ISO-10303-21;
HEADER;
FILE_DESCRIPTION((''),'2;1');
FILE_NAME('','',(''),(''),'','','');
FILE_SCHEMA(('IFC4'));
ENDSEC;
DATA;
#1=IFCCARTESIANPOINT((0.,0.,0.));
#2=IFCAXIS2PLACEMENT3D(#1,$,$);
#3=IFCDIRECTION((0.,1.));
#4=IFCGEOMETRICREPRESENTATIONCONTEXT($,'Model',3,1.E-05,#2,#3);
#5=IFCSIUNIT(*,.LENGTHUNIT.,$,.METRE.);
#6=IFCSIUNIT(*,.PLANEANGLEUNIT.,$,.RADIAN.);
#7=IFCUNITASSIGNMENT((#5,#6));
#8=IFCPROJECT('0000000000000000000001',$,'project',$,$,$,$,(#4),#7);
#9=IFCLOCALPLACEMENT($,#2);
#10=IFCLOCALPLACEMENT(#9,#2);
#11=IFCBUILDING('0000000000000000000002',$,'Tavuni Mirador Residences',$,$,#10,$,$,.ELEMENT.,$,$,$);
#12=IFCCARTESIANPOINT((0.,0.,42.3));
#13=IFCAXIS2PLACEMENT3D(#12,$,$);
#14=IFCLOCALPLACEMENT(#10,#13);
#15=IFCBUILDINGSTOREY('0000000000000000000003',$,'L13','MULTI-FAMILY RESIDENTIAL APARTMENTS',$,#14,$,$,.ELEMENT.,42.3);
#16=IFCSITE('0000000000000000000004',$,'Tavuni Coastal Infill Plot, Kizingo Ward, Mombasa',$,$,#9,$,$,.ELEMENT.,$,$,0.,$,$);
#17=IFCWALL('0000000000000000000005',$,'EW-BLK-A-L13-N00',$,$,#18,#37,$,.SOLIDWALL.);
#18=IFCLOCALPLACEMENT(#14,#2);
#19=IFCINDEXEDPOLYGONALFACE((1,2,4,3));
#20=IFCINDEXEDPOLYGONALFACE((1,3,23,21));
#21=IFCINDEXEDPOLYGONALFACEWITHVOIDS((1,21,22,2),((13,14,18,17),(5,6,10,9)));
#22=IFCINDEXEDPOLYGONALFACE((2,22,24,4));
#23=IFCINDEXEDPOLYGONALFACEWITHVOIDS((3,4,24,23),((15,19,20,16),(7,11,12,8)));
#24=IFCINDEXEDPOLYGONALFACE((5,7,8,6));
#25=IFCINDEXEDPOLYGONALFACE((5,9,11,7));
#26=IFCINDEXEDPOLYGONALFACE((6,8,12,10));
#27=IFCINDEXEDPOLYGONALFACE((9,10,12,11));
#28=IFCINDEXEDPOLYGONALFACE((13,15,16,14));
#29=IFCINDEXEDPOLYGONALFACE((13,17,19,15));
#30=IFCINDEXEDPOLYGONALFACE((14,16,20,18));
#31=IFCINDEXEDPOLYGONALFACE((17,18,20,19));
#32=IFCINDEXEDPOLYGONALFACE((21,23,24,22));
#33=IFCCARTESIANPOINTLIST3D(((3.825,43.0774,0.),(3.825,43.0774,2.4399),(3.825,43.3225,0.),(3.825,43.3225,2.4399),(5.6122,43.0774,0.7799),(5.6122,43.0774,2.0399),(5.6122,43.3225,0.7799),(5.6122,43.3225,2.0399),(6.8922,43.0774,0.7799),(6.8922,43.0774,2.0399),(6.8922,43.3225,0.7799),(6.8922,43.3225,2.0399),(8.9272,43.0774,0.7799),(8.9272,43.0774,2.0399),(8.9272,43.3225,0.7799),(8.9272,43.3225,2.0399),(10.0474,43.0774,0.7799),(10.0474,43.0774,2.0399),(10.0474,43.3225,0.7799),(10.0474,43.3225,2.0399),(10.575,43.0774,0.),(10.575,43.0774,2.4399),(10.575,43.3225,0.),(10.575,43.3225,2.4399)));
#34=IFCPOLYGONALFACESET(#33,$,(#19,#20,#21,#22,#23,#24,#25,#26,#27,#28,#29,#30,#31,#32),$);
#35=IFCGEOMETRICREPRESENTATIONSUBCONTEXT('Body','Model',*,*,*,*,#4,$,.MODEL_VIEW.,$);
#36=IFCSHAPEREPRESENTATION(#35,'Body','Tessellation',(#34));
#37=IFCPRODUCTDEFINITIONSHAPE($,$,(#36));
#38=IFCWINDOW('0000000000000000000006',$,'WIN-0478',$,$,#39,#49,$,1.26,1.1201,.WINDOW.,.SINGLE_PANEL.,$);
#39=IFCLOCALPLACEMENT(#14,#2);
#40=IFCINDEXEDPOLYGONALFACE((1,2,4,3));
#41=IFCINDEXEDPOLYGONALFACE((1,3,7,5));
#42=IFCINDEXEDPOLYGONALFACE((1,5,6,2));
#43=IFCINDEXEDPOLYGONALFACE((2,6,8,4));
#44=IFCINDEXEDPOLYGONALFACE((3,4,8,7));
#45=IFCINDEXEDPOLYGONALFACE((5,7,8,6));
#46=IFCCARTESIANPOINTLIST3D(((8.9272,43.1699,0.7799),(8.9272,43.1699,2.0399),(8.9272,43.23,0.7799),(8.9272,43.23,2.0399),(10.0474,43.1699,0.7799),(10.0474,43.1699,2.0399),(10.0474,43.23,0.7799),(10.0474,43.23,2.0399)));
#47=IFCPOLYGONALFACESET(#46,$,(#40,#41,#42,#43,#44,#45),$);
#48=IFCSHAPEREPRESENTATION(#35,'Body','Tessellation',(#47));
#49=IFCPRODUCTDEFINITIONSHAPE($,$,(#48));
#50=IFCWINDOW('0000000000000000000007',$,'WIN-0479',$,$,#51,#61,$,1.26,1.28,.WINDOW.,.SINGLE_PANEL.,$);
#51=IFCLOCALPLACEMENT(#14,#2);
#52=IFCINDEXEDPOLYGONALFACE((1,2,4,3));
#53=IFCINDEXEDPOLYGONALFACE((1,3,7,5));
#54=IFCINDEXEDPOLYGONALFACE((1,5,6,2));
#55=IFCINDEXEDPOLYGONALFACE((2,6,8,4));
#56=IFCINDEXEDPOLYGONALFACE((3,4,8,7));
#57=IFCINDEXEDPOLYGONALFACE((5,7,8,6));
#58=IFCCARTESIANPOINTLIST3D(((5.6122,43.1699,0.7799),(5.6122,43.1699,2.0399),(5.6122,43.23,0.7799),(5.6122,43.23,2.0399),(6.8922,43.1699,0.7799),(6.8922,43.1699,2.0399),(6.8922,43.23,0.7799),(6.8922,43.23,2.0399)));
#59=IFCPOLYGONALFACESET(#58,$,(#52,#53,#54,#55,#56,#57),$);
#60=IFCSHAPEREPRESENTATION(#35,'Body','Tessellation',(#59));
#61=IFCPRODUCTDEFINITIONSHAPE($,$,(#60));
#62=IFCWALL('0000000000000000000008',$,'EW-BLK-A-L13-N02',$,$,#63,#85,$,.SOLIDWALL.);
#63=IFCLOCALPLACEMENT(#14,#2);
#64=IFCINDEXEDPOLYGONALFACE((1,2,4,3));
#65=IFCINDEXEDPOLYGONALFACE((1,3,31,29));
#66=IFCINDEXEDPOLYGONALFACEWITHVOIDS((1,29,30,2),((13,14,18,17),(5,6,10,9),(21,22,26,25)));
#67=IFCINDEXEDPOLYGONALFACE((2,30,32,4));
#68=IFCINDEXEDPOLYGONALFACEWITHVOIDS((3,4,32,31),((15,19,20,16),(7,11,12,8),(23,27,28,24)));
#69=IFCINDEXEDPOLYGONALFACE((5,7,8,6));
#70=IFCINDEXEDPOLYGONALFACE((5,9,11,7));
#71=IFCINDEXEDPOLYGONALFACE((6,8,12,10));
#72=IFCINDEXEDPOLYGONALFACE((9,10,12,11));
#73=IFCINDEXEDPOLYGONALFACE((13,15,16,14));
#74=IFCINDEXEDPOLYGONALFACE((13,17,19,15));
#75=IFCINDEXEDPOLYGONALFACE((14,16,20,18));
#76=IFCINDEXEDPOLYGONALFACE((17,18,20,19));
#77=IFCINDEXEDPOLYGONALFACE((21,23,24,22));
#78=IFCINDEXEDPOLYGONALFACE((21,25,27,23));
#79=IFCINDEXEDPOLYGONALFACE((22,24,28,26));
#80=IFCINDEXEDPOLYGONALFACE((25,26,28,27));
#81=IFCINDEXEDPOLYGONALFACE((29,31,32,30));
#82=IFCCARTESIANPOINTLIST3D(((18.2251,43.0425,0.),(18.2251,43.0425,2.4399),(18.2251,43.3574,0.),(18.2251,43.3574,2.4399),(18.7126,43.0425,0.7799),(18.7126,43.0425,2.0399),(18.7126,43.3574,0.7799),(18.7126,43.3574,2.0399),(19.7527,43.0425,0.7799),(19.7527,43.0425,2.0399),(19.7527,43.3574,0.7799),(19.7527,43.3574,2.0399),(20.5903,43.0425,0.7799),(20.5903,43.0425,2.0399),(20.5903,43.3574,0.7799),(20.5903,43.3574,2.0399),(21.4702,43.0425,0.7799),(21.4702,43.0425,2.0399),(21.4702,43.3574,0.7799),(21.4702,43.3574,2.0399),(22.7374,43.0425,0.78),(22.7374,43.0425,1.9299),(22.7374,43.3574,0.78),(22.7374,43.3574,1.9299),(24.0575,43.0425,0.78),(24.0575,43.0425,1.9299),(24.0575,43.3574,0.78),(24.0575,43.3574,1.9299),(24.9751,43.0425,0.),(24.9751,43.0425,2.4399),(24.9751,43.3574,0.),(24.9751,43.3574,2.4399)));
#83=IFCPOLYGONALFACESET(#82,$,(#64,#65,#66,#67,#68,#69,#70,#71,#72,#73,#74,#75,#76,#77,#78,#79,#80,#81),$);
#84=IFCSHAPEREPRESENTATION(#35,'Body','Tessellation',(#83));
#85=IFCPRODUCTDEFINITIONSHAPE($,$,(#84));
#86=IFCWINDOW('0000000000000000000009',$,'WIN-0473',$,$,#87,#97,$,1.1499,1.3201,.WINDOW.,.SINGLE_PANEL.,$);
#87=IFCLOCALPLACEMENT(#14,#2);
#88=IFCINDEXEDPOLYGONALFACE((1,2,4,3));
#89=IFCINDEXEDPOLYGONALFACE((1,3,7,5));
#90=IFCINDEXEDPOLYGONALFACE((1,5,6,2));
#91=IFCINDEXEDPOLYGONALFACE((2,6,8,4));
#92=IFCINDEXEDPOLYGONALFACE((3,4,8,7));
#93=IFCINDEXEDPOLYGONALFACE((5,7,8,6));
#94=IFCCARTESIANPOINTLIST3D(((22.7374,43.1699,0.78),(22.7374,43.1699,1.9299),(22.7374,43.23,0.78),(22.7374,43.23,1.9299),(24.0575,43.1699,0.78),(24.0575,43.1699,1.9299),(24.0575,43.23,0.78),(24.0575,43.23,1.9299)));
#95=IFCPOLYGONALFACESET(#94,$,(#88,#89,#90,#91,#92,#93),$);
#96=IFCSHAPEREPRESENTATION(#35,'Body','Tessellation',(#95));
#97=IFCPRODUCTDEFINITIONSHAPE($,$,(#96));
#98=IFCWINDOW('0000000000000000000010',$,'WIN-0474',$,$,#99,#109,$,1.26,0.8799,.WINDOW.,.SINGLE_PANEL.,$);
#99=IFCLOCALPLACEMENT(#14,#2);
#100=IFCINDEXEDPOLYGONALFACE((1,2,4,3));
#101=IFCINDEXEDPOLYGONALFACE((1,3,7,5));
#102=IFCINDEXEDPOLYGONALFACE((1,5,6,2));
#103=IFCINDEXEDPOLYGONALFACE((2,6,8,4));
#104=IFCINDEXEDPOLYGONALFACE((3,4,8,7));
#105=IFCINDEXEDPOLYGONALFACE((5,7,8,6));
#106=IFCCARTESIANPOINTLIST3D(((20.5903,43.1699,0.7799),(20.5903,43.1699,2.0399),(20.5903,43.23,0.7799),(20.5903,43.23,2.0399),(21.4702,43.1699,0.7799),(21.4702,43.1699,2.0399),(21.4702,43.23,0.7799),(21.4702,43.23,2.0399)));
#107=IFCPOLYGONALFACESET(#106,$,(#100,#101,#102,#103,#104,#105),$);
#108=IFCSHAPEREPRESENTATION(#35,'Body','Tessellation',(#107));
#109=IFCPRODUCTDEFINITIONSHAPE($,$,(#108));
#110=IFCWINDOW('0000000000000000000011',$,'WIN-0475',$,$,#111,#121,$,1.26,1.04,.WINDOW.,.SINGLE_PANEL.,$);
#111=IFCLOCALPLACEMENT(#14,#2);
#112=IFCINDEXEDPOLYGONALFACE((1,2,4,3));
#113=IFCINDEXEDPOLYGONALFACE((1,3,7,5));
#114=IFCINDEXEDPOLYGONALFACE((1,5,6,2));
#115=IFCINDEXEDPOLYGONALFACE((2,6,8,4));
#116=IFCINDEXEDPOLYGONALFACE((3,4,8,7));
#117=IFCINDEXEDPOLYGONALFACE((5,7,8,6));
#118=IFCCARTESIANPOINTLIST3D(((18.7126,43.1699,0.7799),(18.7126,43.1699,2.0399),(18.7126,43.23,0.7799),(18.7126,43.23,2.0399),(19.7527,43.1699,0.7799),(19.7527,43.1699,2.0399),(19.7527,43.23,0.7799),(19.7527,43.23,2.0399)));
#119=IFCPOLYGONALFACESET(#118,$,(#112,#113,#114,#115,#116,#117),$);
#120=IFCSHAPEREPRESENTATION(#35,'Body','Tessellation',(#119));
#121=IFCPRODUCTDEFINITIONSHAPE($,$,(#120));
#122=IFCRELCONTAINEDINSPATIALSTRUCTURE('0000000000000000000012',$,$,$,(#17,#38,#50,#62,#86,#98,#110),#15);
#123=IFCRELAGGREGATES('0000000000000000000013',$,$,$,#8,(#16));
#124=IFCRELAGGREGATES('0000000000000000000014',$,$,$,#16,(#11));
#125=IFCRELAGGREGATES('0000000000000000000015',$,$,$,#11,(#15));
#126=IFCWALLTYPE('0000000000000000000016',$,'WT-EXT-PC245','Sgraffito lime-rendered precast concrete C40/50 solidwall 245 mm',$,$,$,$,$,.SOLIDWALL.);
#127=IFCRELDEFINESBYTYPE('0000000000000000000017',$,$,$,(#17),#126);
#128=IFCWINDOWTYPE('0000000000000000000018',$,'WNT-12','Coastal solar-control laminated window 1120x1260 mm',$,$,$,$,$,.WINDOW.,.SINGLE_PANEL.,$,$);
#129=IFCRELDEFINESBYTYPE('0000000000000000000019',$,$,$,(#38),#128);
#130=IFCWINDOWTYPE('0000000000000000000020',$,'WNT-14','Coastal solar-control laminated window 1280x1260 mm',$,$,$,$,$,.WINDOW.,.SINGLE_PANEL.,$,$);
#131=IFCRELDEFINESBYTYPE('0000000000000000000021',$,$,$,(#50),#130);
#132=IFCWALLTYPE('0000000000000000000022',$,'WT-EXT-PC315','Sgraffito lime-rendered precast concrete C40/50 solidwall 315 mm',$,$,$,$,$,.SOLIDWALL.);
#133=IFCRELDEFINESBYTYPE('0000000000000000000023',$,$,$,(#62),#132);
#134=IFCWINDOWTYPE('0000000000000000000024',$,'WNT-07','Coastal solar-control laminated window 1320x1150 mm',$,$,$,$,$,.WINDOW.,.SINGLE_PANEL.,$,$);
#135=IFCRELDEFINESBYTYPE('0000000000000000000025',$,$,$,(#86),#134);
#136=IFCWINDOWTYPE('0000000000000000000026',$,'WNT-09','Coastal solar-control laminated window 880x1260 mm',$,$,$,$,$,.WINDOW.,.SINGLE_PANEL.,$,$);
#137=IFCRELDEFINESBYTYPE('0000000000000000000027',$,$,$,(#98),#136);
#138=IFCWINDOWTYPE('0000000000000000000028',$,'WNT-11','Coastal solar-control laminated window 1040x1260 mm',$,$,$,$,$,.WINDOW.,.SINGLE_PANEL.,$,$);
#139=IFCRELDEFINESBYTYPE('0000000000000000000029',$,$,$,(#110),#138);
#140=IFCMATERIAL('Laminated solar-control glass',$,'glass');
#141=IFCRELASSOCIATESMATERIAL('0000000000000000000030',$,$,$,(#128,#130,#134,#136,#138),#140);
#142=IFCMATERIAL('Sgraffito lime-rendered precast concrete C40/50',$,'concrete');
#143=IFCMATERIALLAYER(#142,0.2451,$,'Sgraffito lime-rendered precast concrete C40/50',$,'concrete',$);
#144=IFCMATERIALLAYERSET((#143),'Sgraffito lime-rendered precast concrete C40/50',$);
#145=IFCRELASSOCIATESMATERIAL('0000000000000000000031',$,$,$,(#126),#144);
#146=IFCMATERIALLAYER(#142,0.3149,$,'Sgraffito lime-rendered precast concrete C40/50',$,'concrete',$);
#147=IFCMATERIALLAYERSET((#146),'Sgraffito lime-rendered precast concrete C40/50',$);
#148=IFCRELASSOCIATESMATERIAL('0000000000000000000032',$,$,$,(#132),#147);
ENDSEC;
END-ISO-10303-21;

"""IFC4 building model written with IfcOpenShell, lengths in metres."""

from ifc_helpers import new_model, si_unit, direction, frame, frame_2d, origin, place, context, subcontext, project, spatial, rectangle, extrude, material, layer, layer_set, type_object, element, fill, save


model = new_model("IFC4")

# Units and contexts
model_context = context("Model", 3, precision=1e-05, world=origin(), true_north=direction((0.0, 1.0)))
body_context = subcontext(model_context, "Body", "Model", "MODEL_VIEW")
ifc_project = project(units=[si_unit("LENGTHUNIT", "METRE"), si_unit("PLANEANGLEUNIT", "RADIAN")], contexts=[model_context])

# Site, building, storey
site_placement = place(None, origin())
site = spatial("IfcSite", under=ifc_project, at=site_placement, Name="Tavuni Coastal Infill Plot, Kizingo Ward, Mombasa", CompositionType="ELEMENT", RefElevation=0.0)
building_placement = place(site_placement, origin())
building = spatial("IfcBuilding", under=site, at=building_placement, Name="Tavuni Mirador Residences", CompositionType="ELEMENT")
storey_placement = place(building_placement, frame((0.0, 0.0, 42.3)))
storey = spatial("IfcBuildingStorey", under=building, at=storey_placement, Name="L13", Description="MULTI-FAMILY RESIDENTIAL APARTMENTS", CompositionType="ELEMENT", Elevation=42.3)

# Walls, openings, windows
ifc_material_1 = material(Name="Laminated solar-control glass", Category="glass")
window_type_1 = type_object("IfcWindowType", Name="WNT-12", Description="Coastal solar-control laminated window 1120x1260 mm", PartitioningType="SINGLE_PANEL", PredefinedType="WINDOW", material=ifc_material_1)
ifc_material_2 = material(Name="Sgraffito lime-rendered precast concrete C40/50", Category="concrete")
ifc_layer_1 = layer(ifc_material_2, 0.2451, Name="Sgraffito lime-rendered precast concrete C40/50", Category="concrete")
ifc_layer_set_1 = layer_set([ifc_layer_1], Name="Sgraffito lime-rendered precast concrete C40/50")
wall_type_1 = type_object("IfcWallType", Name="WT-EXT-PC245", Description="Sgraffito lime-rendered precast concrete C40/50 solidwall 245 mm", PredefinedType="SOLIDWALL", material=ifc_layer_set_1)
wall_1_placement = place(storey_placement, frame((10.575, 43.2, 0.0), z_axis=(0.0, 0.0, 1.0), x_axis=(-1.0, 0.0, 0.0)))
wall_1 = element("IfcWall", 1, at=wall_1_placement, inside=storey, type_object=wall_type_1, Name="EW-BLK-A-L13-N00", PredefinedType="SOLIDWALL", context=body_context, shape_type="SweptSolid", body=[
    extrude(rectangle(XDim=6.75, YDim=0.2451, at=frame_2d((3.375, 0.0))), origin(), (0.0, 0.0, 1.0), 2.4399),
])
opening_1_placement = place(wall_1_placement, frame((0.5276, 0.0, 0.78)))
opening_1 = element("IfcOpeningElement", 2, at=opening_1_placement, cuts=wall_1, PredefinedType="OPENING", context=body_context, shape_type="SweptSolid", body=[
    extrude(rectangle(XDim=1.1201, YDim=1.26, at=frame_2d((0.5601, 0.6299))), frame((0.0, 0.1326, 0.0), z_axis=(0.0, -1.0, 0.0), x_axis=(1.0, 0.0, 0.0)), (0.0, 0.0, 1.0), 0.2651),
])
opening_2_placement = place(wall_1_placement, frame((3.6826, 0.0, 0.78)))
opening_2 = element("IfcOpeningElement", 3, at=opening_2_placement, cuts=wall_1, PredefinedType="OPENING", context=body_context, shape_type="SweptSolid", body=[
    extrude(rectangle(XDim=1.28, YDim=1.26, at=frame_2d((0.6401, 0.6299))), frame((0.0, 0.1326, 0.0), z_axis=(0.0, -1.0, 0.0), x_axis=(1.0, 0.0, 0.0)), (0.0, 0.0, 1.0), 0.2651),
])
window_1_placement = place(opening_1_placement, origin())
window_1 = element("IfcWindow", 4, at=window_1_placement, inside=storey, type_object=window_type_1, Name="WIN-0478", OverallHeight=1.26, OverallWidth=1.1201, PartitioningType="SINGLE_PANEL", PredefinedType="WINDOW", context=body_context, shape_type="SweptSolid", body=[
    extrude(rectangle(XDim=1.1201, YDim=1.26, at=frame_2d((0.5601, 0.6299))), frame((0.0, 0.03, 0.0), z_axis=(0.0, -1.0, 0.0), x_axis=(1.0, 0.0, 0.0)), (0.0, 0.0, 1.0), 0.0601),
])
fill(opening_1, window_1)
window_type_2 = type_object("IfcWindowType", Name="WNT-14", Description="Coastal solar-control laminated window 1280x1260 mm", PartitioningType="SINGLE_PANEL", PredefinedType="WINDOW", material=ifc_material_1)
window_2_placement = place(opening_2_placement, origin())
window_2 = element("IfcWindow", 5, at=window_2_placement, inside=storey, type_object=window_type_2, Name="WIN-0479", OverallHeight=1.26, OverallWidth=1.28, PartitioningType="SINGLE_PANEL", PredefinedType="WINDOW", context=body_context, shape_type="SweptSolid", body=[
    extrude(rectangle(XDim=1.28, YDim=1.26, at=frame_2d((0.6401, 0.6299))), frame((0.0, 0.03, 0.0), z_axis=(0.0, -1.0, 0.0), x_axis=(1.0, 0.0, 0.0)), (0.0, 0.0, 1.0), 0.0601),
])
fill(opening_2, window_2)
ifc_layer_2 = layer(ifc_material_2, 0.3149, Name="Sgraffito lime-rendered precast concrete C40/50", Category="concrete")
ifc_layer_set_2 = layer_set([ifc_layer_2], Name="Sgraffito lime-rendered precast concrete C40/50")
wall_type_2 = type_object("IfcWallType", Name="WT-EXT-PC315", Description="Sgraffito lime-rendered precast concrete C40/50 solidwall 315 mm", PredefinedType="SOLIDWALL", material=ifc_layer_set_2)
wall_2_placement = place(storey_placement, frame((24.9751, 43.2, 0.0), z_axis=(0.0, 0.0, 1.0), x_axis=(-1.0, 0.0, 0.0)))
wall_2 = element("IfcWall", 6, at=wall_2_placement, inside=storey, type_object=wall_type_2, Name="EW-BLK-A-L13-N02", PredefinedType="SOLIDWALL", context=body_context, shape_type="SweptSolid", body=[
    extrude(rectangle(XDim=6.75, YDim=0.3149, at=frame_2d((3.375, 0.0))), origin(), (0.0, 0.0, 1.0), 2.4399),
])
opening_3_placement = place(wall_2_placement, frame((0.9175, 0.0, 0.78)))
opening_3 = element("IfcOpeningElement", 7, at=opening_3_placement, cuts=wall_2, PredefinedType="OPENING", context=body_context, shape_type="SweptSolid", body=[
    extrude(rectangle(XDim=1.3201, YDim=1.1499, at=frame_2d((0.6602, 0.575))), frame((0.0, 0.1675, 0.0), z_axis=(0.0, -1.0, 0.0), x_axis=(1.0, 0.0, 0.0)), (0.0, 0.0, 1.0), 0.335),
])
opening_4_placement = place(wall_2_placement, frame((3.5049, 0.0, 0.78)))
opening_4 = element("IfcOpeningElement", 8, at=opening_4_placement, cuts=wall_2, PredefinedType="OPENING", context=body_context, shape_type="SweptSolid", body=[
    extrude(rectangle(XDim=0.8799, YDim=1.26, at=frame_2d((0.4399, 0.6299))), frame((0.0, 0.1675, 0.0), z_axis=(0.0, -1.0, 0.0), x_axis=(1.0, 0.0, 0.0)), (0.0, 0.0, 1.0), 0.335),
])
opening_5_placement = place(wall_2_placement, frame((5.2224, 0.0, 0.78)))
opening_5 = element("IfcOpeningElement", 9, at=opening_5_placement, cuts=wall_2, PredefinedType="OPENING", context=body_context, shape_type="SweptSolid", body=[
    extrude(rectangle(XDim=1.04, YDim=1.26, at=frame_2d((0.52, 0.6299))), frame((0.0, 0.1675, 0.0), z_axis=(0.0, -1.0, 0.0), x_axis=(1.0, 0.0, 0.0)), (0.0, 0.0, 1.0), 0.335),
])
window_type_3 = type_object("IfcWindowType", Name="WNT-07", Description="Coastal solar-control laminated window 1320x1150 mm", PartitioningType="SINGLE_PANEL", PredefinedType="WINDOW", material=ifc_material_1)
window_3_placement = place(opening_3_placement, origin())
window_3 = element("IfcWindow", 10, at=window_3_placement, inside=storey, type_object=window_type_3, Name="WIN-0473", OverallHeight=1.1499, OverallWidth=1.3201, PartitioningType="SINGLE_PANEL", PredefinedType="WINDOW", context=body_context, shape_type="SweptSolid", body=[
    extrude(rectangle(XDim=1.3201, YDim=1.1499, at=frame_2d((0.6602, 0.575))), frame((0.0, 0.03, 0.0), z_axis=(0.0, -1.0, 0.0), x_axis=(1.0, 0.0, 0.0)), (0.0, 0.0, 1.0), 0.0601),
])
fill(opening_3, window_3)
window_type_4 = type_object("IfcWindowType", Name="WNT-09", Description="Coastal solar-control laminated window 880x1260 mm", PartitioningType="SINGLE_PANEL", PredefinedType="WINDOW", material=ifc_material_1)
window_4_placement = place(opening_4_placement, origin())
window_4 = element("IfcWindow", 11, at=window_4_placement, inside=storey, type_object=window_type_4, Name="WIN-0474", OverallHeight=1.26, OverallWidth=0.8799, PartitioningType="SINGLE_PANEL", PredefinedType="WINDOW", context=body_context, shape_type="SweptSolid", body=[
    extrude(rectangle(XDim=0.8799, YDim=1.26, at=frame_2d((0.4399, 0.6299))), frame((0.0, 0.03, 0.0), z_axis=(0.0, -1.0, 0.0), x_axis=(1.0, 0.0, 0.0)), (0.0, 0.0, 1.0), 0.0601),
])
fill(opening_4, window_4)
window_type_5 = type_object("IfcWindowType", Name="WNT-11", Description="Coastal solar-control laminated window 1040x1260 mm", PartitioningType="SINGLE_PANEL", PredefinedType="WINDOW", material=ifc_material_1)
window_5_placement = place(opening_5_placement, origin())
window_5 = element("IfcWindow", 12, at=window_5_placement, inside=storey, type_object=window_type_5, Name="WIN-0475", OverallHeight=1.26, OverallWidth=1.04, PartitioningType="SINGLE_PANEL", PredefinedType="WINDOW", context=body_context, shape_type="SweptSolid", body=[
    extrude(rectangle(XDim=1.04, YDim=1.26, at=frame_2d((0.52, 0.6299))), frame((0.0, 0.03, 0.0), z_axis=(0.0, -1.0, 0.0), x_axis=(1.0, 0.0, 0.0)), (0.0, 0.0, 1.0), 0.0601),
])
fill(opening_5, window_5)

save(model, "model.ifc")
